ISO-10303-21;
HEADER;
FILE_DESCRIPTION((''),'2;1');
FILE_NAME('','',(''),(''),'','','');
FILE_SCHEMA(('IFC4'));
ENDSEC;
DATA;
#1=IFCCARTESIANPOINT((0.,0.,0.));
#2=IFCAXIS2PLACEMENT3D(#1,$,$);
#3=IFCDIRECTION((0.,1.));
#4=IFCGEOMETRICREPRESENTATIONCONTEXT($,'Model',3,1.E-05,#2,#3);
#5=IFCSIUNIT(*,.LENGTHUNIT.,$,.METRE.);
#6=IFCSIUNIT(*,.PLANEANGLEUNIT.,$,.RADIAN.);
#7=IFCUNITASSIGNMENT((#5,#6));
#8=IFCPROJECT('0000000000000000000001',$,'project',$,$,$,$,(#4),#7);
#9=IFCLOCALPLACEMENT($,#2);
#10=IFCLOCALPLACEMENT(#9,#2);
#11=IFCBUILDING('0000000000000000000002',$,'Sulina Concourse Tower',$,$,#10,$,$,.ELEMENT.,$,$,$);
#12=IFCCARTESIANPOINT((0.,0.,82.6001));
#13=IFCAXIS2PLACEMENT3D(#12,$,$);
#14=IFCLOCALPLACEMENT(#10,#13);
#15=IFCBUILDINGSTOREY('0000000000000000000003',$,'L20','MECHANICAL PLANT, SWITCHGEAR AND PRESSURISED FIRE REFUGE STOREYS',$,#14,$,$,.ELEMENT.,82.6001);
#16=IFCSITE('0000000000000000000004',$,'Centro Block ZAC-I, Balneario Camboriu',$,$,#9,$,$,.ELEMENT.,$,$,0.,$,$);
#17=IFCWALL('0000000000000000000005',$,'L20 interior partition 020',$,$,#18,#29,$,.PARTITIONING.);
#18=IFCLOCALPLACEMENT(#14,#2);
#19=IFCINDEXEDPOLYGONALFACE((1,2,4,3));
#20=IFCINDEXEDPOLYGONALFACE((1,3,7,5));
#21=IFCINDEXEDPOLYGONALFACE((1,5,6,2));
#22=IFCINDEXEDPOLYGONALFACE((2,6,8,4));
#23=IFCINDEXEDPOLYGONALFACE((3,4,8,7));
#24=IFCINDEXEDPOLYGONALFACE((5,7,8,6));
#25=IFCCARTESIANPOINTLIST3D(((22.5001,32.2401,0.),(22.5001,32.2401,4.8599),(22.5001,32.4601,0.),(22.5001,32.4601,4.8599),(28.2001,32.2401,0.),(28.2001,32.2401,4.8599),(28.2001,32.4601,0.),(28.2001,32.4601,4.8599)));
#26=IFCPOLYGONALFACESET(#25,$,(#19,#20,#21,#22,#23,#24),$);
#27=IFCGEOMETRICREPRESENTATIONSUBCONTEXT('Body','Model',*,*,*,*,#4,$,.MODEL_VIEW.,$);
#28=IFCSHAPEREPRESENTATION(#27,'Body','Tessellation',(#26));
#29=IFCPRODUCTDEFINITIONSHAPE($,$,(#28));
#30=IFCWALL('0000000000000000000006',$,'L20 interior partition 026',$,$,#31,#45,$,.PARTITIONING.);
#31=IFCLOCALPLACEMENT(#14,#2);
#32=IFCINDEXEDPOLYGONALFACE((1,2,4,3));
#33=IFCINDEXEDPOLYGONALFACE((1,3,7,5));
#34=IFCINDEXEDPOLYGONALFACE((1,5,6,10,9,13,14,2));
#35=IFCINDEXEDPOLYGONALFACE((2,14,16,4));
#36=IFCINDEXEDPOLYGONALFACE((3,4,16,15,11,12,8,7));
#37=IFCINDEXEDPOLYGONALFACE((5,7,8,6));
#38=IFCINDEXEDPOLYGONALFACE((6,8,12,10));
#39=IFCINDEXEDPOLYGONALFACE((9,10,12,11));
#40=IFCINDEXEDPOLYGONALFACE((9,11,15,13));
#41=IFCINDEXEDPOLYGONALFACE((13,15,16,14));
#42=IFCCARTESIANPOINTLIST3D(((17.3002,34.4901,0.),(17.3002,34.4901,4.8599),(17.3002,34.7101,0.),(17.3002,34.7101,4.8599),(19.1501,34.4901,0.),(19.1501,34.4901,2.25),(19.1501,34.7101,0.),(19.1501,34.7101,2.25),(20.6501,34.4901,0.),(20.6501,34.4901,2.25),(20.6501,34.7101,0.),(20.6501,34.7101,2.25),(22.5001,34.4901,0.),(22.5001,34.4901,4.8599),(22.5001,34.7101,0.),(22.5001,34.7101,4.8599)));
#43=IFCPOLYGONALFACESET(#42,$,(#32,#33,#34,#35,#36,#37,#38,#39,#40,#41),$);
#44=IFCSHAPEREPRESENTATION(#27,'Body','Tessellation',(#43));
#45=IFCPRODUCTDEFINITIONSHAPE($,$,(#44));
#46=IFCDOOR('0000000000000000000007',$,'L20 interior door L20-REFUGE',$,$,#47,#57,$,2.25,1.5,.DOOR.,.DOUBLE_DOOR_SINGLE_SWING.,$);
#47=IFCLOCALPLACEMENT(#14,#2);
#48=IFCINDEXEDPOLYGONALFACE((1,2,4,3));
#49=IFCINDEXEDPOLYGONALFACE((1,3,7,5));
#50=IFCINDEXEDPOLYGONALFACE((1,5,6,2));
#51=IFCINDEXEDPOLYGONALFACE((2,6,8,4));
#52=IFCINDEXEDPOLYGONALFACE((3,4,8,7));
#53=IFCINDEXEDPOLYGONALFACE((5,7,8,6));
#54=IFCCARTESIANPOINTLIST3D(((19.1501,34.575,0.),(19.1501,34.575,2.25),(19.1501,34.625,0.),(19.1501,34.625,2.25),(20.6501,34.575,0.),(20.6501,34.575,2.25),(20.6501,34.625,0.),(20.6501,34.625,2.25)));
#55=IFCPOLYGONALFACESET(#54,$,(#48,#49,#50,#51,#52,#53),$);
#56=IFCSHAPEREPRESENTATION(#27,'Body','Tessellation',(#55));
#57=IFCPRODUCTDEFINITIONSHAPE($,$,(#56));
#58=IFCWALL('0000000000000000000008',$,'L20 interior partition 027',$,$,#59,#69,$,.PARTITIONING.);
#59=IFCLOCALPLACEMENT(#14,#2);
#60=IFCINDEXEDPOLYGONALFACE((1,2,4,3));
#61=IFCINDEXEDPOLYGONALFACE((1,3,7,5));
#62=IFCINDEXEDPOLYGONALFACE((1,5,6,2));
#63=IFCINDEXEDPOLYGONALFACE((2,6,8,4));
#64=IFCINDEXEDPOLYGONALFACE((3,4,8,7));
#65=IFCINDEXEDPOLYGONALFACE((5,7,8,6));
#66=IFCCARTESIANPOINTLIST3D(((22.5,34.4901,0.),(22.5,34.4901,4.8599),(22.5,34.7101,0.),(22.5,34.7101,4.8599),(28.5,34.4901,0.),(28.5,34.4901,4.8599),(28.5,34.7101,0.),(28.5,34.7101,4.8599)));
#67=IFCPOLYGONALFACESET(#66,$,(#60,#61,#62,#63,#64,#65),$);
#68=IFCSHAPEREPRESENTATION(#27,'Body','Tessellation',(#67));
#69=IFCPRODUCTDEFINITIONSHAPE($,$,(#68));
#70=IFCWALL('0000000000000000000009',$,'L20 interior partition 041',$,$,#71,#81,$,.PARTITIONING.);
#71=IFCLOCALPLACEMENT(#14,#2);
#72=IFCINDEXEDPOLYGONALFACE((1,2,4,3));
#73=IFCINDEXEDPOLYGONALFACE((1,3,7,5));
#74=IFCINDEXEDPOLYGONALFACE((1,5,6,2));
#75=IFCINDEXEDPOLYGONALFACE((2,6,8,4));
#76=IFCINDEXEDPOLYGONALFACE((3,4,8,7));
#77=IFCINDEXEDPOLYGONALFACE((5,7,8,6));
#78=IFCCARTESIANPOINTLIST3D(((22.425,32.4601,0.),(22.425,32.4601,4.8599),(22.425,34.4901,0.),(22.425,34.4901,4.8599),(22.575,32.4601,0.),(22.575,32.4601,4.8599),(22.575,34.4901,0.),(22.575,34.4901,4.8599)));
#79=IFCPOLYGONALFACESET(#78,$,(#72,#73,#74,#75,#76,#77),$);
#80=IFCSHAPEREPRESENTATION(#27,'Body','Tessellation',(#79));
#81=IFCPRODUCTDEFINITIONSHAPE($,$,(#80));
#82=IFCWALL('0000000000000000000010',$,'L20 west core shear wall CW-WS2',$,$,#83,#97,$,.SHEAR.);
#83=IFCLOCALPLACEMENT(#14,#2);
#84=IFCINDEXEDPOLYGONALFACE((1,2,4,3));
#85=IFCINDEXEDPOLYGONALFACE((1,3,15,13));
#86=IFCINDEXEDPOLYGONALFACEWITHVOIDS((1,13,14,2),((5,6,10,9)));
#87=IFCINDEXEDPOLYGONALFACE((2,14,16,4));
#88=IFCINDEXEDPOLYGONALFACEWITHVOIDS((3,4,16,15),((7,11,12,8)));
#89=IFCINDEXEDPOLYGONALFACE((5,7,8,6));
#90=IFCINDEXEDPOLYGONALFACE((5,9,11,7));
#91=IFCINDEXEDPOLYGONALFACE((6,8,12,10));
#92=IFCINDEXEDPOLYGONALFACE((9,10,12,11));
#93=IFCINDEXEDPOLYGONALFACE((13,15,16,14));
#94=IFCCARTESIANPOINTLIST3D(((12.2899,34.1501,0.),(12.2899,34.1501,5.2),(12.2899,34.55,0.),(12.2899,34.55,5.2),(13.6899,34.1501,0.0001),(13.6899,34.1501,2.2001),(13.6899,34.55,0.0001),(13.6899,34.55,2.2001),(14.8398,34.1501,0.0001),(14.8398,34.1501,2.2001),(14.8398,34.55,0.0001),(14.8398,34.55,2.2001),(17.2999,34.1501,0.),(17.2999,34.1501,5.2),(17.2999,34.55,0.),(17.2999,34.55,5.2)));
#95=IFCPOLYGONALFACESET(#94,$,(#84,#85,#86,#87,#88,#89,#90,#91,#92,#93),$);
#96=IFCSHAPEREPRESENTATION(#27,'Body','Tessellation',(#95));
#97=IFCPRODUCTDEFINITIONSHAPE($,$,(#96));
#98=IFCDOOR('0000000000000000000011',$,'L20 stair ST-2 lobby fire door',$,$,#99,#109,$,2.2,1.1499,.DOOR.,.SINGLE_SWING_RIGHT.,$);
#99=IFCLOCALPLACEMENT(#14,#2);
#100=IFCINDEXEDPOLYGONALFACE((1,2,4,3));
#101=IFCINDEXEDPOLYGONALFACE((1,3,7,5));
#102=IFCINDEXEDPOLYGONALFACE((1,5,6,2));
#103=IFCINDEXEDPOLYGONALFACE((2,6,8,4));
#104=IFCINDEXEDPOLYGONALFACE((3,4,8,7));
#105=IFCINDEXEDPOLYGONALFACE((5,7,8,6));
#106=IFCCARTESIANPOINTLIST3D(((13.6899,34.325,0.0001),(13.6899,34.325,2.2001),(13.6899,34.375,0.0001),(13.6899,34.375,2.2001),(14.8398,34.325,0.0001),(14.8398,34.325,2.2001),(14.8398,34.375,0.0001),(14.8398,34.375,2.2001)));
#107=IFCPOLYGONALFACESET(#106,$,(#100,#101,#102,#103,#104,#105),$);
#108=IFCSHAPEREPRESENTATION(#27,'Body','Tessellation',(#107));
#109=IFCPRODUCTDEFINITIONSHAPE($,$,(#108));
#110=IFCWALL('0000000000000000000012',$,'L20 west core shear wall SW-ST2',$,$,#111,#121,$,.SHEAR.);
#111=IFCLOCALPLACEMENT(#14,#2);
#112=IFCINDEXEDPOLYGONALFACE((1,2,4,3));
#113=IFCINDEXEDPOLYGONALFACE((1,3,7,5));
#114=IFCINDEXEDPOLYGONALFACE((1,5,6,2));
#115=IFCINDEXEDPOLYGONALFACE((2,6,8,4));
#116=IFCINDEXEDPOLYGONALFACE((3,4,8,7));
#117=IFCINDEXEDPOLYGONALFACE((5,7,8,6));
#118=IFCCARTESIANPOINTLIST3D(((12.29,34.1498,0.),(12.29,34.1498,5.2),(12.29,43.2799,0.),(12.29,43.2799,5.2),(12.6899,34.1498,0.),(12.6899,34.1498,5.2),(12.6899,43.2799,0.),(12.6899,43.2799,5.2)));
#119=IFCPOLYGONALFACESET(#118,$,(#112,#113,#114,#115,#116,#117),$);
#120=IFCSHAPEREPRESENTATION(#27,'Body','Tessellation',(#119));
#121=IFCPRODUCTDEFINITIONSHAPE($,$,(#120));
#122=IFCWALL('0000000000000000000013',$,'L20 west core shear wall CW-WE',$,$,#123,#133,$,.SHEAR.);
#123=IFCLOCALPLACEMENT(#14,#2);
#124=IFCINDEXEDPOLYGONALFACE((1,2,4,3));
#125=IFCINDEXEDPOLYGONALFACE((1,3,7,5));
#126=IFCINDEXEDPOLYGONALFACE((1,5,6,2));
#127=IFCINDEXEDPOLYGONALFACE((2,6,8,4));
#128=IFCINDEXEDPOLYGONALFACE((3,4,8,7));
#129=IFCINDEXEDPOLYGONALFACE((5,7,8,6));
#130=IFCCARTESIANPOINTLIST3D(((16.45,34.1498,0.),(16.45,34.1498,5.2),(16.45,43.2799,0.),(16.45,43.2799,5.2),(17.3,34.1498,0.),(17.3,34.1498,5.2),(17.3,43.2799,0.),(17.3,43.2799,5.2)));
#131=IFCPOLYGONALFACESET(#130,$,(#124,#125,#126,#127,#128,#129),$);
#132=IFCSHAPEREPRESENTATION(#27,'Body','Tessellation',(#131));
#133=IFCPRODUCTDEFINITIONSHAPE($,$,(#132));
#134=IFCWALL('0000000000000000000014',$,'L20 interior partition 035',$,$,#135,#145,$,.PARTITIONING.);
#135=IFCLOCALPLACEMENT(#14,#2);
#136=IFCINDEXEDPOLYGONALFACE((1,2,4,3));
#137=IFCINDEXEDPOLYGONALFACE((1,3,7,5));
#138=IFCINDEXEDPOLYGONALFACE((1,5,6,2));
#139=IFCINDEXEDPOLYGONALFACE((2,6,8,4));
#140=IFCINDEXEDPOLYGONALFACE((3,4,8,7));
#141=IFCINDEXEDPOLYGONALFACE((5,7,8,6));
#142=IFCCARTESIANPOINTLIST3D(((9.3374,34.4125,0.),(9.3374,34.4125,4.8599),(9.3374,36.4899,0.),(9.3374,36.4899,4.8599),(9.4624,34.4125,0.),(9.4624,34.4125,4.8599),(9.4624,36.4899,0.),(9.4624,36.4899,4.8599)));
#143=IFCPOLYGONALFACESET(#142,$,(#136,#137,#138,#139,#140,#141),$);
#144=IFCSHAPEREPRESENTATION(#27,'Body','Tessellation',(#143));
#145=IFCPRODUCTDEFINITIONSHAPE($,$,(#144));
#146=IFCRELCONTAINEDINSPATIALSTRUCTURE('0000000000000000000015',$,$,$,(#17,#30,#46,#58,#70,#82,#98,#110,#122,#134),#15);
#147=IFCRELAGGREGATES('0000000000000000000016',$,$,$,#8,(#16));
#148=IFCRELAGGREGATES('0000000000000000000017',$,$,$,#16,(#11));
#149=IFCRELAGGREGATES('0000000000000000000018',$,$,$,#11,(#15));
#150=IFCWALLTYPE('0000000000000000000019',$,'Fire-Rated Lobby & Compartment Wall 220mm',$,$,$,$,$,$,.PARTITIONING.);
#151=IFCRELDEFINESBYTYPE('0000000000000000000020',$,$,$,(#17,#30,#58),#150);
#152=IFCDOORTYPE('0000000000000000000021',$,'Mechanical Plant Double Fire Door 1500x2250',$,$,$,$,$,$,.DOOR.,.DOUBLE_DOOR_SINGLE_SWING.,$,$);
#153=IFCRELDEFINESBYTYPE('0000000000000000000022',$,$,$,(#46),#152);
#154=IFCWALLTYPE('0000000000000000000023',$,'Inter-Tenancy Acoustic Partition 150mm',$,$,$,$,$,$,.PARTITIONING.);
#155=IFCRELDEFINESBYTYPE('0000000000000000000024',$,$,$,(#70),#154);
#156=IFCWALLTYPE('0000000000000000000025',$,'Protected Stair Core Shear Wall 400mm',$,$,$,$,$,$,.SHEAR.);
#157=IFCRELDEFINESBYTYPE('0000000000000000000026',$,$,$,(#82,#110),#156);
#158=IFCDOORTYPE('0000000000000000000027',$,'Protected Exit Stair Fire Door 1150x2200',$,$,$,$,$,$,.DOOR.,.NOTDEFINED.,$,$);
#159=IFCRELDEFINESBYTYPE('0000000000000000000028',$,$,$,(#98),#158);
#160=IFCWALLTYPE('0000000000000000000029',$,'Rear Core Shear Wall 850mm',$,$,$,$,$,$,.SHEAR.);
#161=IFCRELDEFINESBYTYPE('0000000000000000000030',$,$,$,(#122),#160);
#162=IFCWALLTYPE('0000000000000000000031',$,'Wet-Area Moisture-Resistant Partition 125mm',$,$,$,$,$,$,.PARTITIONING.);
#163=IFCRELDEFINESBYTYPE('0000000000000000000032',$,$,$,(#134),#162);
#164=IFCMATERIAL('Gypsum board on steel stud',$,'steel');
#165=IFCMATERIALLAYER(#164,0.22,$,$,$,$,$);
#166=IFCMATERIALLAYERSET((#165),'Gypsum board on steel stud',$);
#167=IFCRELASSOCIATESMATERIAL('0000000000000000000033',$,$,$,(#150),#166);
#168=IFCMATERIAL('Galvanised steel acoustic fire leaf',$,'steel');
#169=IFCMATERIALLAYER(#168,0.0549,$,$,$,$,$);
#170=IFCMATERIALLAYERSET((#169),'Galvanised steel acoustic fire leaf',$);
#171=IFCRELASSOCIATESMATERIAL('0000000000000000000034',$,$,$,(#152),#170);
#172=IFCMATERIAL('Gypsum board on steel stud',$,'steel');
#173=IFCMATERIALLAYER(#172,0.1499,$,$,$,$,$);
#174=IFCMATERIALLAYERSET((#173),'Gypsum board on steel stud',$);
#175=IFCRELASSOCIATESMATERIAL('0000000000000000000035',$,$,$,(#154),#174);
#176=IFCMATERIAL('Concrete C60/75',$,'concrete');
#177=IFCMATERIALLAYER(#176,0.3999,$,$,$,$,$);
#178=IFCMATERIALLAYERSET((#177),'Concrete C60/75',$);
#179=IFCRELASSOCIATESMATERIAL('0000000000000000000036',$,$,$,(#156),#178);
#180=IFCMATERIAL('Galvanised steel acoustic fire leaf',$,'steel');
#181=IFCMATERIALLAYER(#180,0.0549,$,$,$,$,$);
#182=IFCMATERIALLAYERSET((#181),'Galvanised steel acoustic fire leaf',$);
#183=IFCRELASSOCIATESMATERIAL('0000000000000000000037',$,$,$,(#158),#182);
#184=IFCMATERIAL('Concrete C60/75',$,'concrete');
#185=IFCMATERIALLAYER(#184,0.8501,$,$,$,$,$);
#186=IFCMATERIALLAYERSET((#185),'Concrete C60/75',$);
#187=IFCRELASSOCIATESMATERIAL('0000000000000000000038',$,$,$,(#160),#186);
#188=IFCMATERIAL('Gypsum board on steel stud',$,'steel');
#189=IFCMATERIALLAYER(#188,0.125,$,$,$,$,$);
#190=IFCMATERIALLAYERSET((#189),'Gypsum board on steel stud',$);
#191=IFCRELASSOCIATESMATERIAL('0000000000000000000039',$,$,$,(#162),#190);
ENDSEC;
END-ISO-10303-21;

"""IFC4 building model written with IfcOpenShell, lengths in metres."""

from ifc_helpers import new_model, si_unit, direction, frame, frame_2d, origin, place, context, subcontext, project, spatial, rectangle, extrude, material, layer, layer_set, type_object, element, fill, save


model = new_model("IFC4")

# Units and contexts
model_context = context("Model", 3, precision=1e-05, world=origin(), true_north=direction((0.0, 1.0)))
body_context = subcontext(model_context, "Body", "Model", "MODEL_VIEW")
ifc_project = project(units=[si_unit("LENGTHUNIT", "METRE"), si_unit("PLANEANGLEUNIT", "RADIAN")], contexts=[model_context])

# Site, building, storey
site_placement = place(None, origin())
site = spatial("IfcSite", under=ifc_project, at=site_placement, Name="Centro Block ZAC-I, Balneario Camboriu", CompositionType="ELEMENT", RefElevation=0.0)
building_placement = place(site_placement, origin())
building = spatial("IfcBuilding", under=site, at=building_placement, Name="Sulina Concourse Tower", CompositionType="ELEMENT")
storey_placement = place(building_placement, frame((0.0, 0.0, 82.6001)))
storey = spatial("IfcBuildingStorey", under=building, at=storey_placement, Name="L20", Description="MECHANICAL PLANT, SWITCHGEAR AND PRESSURISED FIRE REFUGE STOREYS", CompositionType="ELEMENT", Elevation=82.6001)

# Wall
ifc_material_1 = material(Name="Gypsum board on steel stud", Category="steel")
ifc_layer_1 = layer(ifc_material_1, 0.22)
ifc_layer_set_1 = layer_set([ifc_layer_1], Name="Gypsum board on steel stud")
wall_type_1 = type_object("IfcWallType", Name="Fire-Rated Lobby & Compartment Wall 220mm", PredefinedType="PARTITIONING", material=ifc_layer_set_1)
wall_1_placement = place(storey_placement, frame((22.5, 32.3501, 0.0), z_axis=(0.0, 0.0, 1.0), x_axis=(1.0, 0.0, 0.0)))
element("IfcWall", 1, at=wall_1_placement, inside=storey, type_object=wall_type_1, Name="L20 interior partition 020", PredefinedType="PARTITIONING", context=body_context, shape_type="SweptSolid", body=[
    extrude(rectangle(XDim=5.7, YDim=0.22, at=frame_2d((2.8501, 0.0))), origin(), (0.0, 0.0, 1.0), 4.8599),
])

# Wall, opening, door
wall_2_placement = place(storey_placement, frame((17.3, 34.6001, 0.0), z_axis=(0.0, 0.0, 1.0), x_axis=(1.0, 0.0, 0.0)))
wall_2 = element("IfcWall", 2, at=wall_2_placement, inside=storey, type_object=wall_type_1, Name="L20 interior partition 026", PredefinedType="PARTITIONING", context=body_context, shape_type="SweptSolid", body=[
    extrude(rectangle(XDim=5.2, YDim=0.22, at=frame_2d((2.6001, 0.0))), origin(), (0.0, 0.0, 1.0), 4.8599),
])
opening_1_placement = place(wall_2_placement, frame((1.8501, 0.0, 0.0)))
opening_1 = element("IfcOpeningElement", 3, at=opening_1_placement, cuts=wall_2, PredefinedType="OPENING", context=body_context, shape_type="SweptSolid", body=[
    extrude(rectangle(XDim=1.5, YDim=2.25, at=frame_2d((0.75, 1.125))), frame((0.0, 0.1199, 0.0), z_axis=(0.0, -1.0, 0.0), x_axis=(1.0, 0.0, 0.0)), (0.0, 0.0, 1.0), 0.24),
])
ifc_material_2 = material(Name="Galvanised steel acoustic fire leaf", Category="steel")
ifc_layer_2 = layer(ifc_material_2, 0.0549)
ifc_layer_set_2 = layer_set([ifc_layer_2], Name="Galvanised steel acoustic fire leaf")
door_type_1 = type_object("IfcDoorType", Name="Mechanical Plant Double Fire Door 1500x2250", OperationType="DOUBLE_DOOR_SINGLE_SWING", PredefinedType="DOOR", material=ifc_layer_set_2)
door_1_placement = place(opening_1_placement, origin())
door_1 = element("IfcDoor", 4, at=door_1_placement, inside=storey, type_object=door_type_1, Name="L20 interior door L20-REFUGE", OperationType="DOUBLE_DOOR_SINGLE_SWING", OverallHeight=2.25, OverallWidth=1.5, PredefinedType="DOOR", context=body_context, shape_type="SweptSolid", body=[
    extrude(rectangle(XDim=1.5, YDim=2.25, at=frame_2d((0.75, 1.125))), frame((0.0, 0.0249, 0.0), z_axis=(0.0, -1.0, 0.0), x_axis=(1.0, 0.0, 0.0)), (0.0, 0.0, 1.0), 0.05),
])
fill(opening_1, door_1)

# Walls
wall_3_placement = place(storey_placement, frame((22.5, 34.6001, 0.0), z_axis=(0.0, 0.0, 1.0), x_axis=(1.0, 0.0, 0.0)))
element("IfcWall", 5, at=wall_3_placement, inside=storey, type_object=wall_type_1, Name="L20 interior partition 027", PredefinedType="PARTITIONING", context=body_context, shape_type="SweptSolid", body=[
    extrude(rectangle(XDim=6.0, YDim=0.22, at=frame_2d((3.0, 0.0))), origin(), (0.0, 0.0, 1.0), 4.8599),
])
ifc_material_3 = material(Name="Gypsum board on steel stud", Category="steel")
ifc_layer_3 = layer(ifc_material_3, 0.1499)
ifc_layer_set_3 = layer_set([ifc_layer_3], Name="Gypsum board on steel stud")
wall_type_2 = type_object("IfcWallType", Name="Inter-Tenancy Acoustic Partition 150mm", PredefinedType="PARTITIONING", material=ifc_layer_set_3)
wall_4_placement = place(storey_placement, frame((22.5, 32.46, 0.0), z_axis=(0.0, 0.0, 1.0), x_axis=(0.0, 1.0, 0.0)))
element("IfcWall", 6, at=wall_4_placement, inside=storey, type_object=wall_type_2, Name="L20 interior partition 041", PredefinedType="PARTITIONING", context=body_context, shape_type="SweptSolid", body=[
    extrude(rectangle(XDim=2.03, YDim=0.1499, at=frame_2d((1.0151, 0.0))), origin(), (0.0, 0.0, 1.0), 4.8599),
])

# Wall, opening, door
ifc_material_4 = material(Name="Concrete C60/75", Category="concrete")
ifc_layer_4 = layer(ifc_material_4, 0.3999)
ifc_layer_set_4 = layer_set([ifc_layer_4], Name="Concrete C60/75")
wall_type_3 = type_object("IfcWallType", Name="Protected Stair Core Shear Wall 400mm", PredefinedType="SHEAR", material=ifc_layer_set_4)
wall_5_placement = place(storey_placement, frame((12.29, 34.3501, 0.0), z_axis=(0.0, 0.0, 1.0), x_axis=(1.0, 0.0, 0.0)))
wall_5 = element("IfcWall", 7, at=wall_5_placement, inside=storey, type_object=wall_type_3, Name="L20 west core shear wall CW-WS2", PredefinedType="SHEAR", context=body_context, shape_type="SweptSolid", body=[
    extrude(rectangle(XDim=5.01, YDim=0.3999, at=frame_2d((2.5049, 0.0))), origin(), (0.0, 0.0, 1.0), 5.2),
])
opening_2_placement = place(wall_5_placement, frame((1.3999, 0.0, 0.0)))
opening_2 = element("IfcOpeningElement", 8, at=opening_2_placement, cuts=wall_5, PredefinedType="OPENING", context=body_context, shape_type="SweptSolid", body=[
    extrude(rectangle(XDim=1.1499, YDim=2.2, at=frame_2d((0.575, 1.1001))), frame((0.0, 0.21, 0.0), z_axis=(0.0, -1.0, 0.0), x_axis=(1.0, 0.0, 0.0)), (0.0, 0.0, 1.0), 0.4199),
])
ifc_material_5 = material(Name="Galvanised steel acoustic fire leaf", Category="steel")
ifc_layer_5 = layer(ifc_material_5, 0.0549)
ifc_layer_set_5 = layer_set([ifc_layer_5], Name="Galvanised steel acoustic fire leaf")
door_type_2 = type_object("IfcDoorType", Name="Protected Exit Stair Fire Door 1150x2200", OperationType="NOTDEFINED", PredefinedType="DOOR", material=ifc_layer_set_5)
door_2_placement = place(opening_2_placement, origin())
door_2 = element("IfcDoor", 9, at=door_2_placement, inside=storey, type_object=door_type_2, Name="L20 stair ST-2 lobby fire door", OperationType="SINGLE_SWING_RIGHT", OverallHeight=2.2, OverallWidth=1.1499, PredefinedType="DOOR", context=body_context, shape_type="SweptSolid", body=[
    extrude(rectangle(XDim=1.1499, YDim=2.2, at=frame_2d((0.575, 1.1001))), frame((0.0, 0.0249, 0.0), z_axis=(0.0, -1.0, 0.0), x_axis=(1.0, 0.0, 0.0)), (0.0, 0.0, 1.0), 0.05),
])
fill(opening_2, door_2)

# Walls
wall_6_placement = place(storey_placement, frame((12.49, 34.1499, 0.0), z_axis=(0.0, 0.0, 1.0), x_axis=(0.0, 1.0, 0.0)))
element("IfcWall", 10, at=wall_6_placement, inside=storey, type_object=wall_type_3, Name="L20 west core shear wall SW-ST2", PredefinedType="SHEAR", context=body_context, shape_type="SweptSolid", body=[
    extrude(rectangle(XDim=9.1301, YDim=0.3999, at=frame_2d((4.5649, 0.0))), origin(), (0.0, 0.0, 1.0), 5.2),
])
ifc_material_6 = material(Name="Concrete C60/75", Category="concrete")
ifc_layer_6 = layer(ifc_material_6, 0.8501)
ifc_layer_set_6 = layer_set([ifc_layer_6], Name="Concrete C60/75")
wall_type_4 = type_object("IfcWallType", Name="Rear Core Shear Wall 850mm", PredefinedType="SHEAR", material=ifc_layer_set_6)
wall_7_placement = place(storey_placement, frame((16.875, 34.1499, 0.0), z_axis=(0.0, 0.0, 1.0), x_axis=(0.0, 1.0, 0.0)))
element("IfcWall", 11, at=wall_7_placement, inside=storey, type_object=wall_type_4, Name="L20 west core shear wall CW-WE", PredefinedType="SHEAR", context=body_context, shape_type="SweptSolid", body=[
    extrude(rectangle(XDim=9.1301, YDim=0.8501, at=frame_2d((4.5649, 0.0))), origin(), (0.0, 0.0, 1.0), 5.2),
])
ifc_material_7 = material(Name="Gypsum board on steel stud", Category="steel")
ifc_layer_7 = layer(ifc_material_7, 0.125)
ifc_layer_set_7 = layer_set([ifc_layer_7], Name="Gypsum board on steel stud")
wall_type_5 = type_object("IfcWallType", Name="Wet-Area Moisture-Resistant Partition 125mm", PredefinedType="PARTITIONING", material=ifc_layer_set_7)
wall_8_placement = place(storey_placement, frame((9.3999, 34.4126, 0.0), z_axis=(0.0, 0.0, 1.0), x_axis=(0.0, 1.0, 0.0)))
element("IfcWall", 12, at=wall_8_placement, inside=storey, type_object=wall_type_5, Name="L20 interior partition 035", PredefinedType="PARTITIONING", context=body_context, shape_type="SweptSolid", body=[
    extrude(rectangle(XDim=2.0774, YDim=0.125, at=frame_2d((1.0386, 0.0))), origin(), (0.0, 0.0, 1.0), 4.8599),
])

save(model, "model.ifc")
